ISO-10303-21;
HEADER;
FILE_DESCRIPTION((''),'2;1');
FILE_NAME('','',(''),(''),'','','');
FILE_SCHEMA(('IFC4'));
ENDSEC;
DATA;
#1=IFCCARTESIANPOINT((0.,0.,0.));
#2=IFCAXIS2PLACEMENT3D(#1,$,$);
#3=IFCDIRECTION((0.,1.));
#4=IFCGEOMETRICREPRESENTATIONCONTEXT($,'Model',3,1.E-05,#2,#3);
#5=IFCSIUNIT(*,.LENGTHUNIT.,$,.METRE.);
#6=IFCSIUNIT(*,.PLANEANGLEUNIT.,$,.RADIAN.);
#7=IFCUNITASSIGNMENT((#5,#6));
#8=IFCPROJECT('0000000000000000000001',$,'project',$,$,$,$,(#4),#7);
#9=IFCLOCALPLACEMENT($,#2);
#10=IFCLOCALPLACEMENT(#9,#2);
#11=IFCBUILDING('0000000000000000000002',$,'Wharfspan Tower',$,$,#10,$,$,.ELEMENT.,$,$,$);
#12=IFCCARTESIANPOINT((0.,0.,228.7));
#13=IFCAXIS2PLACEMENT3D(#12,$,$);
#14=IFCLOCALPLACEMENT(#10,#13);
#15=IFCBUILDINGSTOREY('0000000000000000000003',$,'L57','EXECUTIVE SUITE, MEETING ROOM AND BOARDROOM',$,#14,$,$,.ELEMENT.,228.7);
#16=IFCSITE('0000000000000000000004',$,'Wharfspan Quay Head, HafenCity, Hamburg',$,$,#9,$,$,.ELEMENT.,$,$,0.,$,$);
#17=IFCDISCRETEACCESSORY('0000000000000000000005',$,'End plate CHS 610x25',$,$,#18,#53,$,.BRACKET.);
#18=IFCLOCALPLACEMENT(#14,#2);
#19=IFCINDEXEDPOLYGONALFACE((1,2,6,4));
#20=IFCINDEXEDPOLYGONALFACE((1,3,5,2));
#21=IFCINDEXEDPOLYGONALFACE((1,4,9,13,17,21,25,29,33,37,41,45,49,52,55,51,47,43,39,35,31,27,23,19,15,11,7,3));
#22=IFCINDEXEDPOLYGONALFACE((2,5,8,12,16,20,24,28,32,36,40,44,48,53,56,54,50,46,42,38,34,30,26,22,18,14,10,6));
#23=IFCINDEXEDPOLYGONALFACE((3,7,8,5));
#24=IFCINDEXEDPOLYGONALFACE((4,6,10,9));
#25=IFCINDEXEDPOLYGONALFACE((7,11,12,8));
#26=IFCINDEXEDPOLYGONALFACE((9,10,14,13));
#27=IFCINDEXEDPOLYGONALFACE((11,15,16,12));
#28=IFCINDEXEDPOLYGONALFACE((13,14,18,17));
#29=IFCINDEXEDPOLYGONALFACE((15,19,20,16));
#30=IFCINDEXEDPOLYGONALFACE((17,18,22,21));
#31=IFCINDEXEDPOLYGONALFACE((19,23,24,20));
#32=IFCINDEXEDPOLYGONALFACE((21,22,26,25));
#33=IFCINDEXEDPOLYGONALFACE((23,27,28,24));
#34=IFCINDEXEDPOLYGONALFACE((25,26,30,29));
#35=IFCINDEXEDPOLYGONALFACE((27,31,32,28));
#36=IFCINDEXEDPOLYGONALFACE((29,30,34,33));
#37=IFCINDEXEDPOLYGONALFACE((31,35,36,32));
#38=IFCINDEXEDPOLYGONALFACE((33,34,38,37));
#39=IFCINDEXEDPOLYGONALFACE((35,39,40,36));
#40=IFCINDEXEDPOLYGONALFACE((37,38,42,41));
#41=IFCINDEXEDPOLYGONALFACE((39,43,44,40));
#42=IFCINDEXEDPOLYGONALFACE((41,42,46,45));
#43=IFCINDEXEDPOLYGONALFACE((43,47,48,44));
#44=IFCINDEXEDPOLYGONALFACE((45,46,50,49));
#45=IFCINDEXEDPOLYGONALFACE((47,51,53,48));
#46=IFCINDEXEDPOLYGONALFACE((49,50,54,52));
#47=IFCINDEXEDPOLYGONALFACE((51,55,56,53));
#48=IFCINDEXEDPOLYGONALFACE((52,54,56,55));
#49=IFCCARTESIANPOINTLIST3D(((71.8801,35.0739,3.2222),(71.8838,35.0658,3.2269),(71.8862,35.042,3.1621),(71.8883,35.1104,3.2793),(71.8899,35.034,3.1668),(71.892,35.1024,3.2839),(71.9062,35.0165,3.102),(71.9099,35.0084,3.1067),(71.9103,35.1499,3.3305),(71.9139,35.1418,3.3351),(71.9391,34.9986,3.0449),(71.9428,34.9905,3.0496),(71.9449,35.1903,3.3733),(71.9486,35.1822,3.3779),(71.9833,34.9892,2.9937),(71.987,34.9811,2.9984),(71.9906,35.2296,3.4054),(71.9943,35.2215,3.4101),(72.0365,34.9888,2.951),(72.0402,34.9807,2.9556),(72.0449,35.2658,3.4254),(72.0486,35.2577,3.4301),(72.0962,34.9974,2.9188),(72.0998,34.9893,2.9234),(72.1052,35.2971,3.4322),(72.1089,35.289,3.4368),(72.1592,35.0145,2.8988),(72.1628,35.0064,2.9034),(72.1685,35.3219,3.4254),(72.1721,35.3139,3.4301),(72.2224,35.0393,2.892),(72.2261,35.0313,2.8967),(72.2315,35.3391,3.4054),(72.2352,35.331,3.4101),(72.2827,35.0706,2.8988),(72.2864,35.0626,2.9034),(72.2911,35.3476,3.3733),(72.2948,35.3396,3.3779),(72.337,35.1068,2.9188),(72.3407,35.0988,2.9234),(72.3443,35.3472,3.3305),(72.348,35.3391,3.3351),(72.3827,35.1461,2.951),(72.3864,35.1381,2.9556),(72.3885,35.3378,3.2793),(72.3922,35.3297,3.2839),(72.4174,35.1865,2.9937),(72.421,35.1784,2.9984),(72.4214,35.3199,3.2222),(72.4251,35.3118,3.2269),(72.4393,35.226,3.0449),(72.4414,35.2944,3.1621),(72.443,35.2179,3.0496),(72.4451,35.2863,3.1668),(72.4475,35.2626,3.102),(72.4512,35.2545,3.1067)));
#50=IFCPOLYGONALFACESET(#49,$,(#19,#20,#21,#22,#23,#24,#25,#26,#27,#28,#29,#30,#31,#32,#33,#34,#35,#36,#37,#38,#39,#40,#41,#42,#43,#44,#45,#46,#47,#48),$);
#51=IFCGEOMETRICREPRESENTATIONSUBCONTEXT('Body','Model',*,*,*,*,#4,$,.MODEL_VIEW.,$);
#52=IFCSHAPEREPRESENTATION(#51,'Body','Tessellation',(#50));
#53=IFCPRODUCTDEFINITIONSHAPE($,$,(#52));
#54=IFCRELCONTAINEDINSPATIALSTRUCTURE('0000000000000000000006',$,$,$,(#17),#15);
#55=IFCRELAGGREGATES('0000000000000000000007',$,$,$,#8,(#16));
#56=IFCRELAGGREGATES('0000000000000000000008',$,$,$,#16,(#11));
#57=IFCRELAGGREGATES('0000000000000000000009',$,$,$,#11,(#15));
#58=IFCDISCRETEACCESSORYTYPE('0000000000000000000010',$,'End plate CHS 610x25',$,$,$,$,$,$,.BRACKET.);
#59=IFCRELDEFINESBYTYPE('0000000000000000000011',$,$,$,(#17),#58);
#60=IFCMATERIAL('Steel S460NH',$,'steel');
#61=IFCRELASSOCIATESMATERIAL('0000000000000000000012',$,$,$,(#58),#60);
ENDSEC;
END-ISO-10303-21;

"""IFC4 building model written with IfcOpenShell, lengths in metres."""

from ifc_helpers import new_model, si_unit, direction, frame, origin, origin_2d, place, context, subcontext, project, spatial, circle, extrude, material, material_profile, profile_set, type_object, element, save


model = new_model("IFC4")

# Units and contexts
model_context = context("Model", 3, precision=1e-05, world=origin(), true_north=direction((0.0, 1.0)))
body_context = subcontext(model_context, "Body", "Model", "MODEL_VIEW")
ifc_project = project(units=[si_unit("LENGTHUNIT", "METRE"), si_unit("PLANEANGLEUNIT", "RADIAN")], contexts=[model_context])

# Site, building, storey
site_placement = place(None, origin())
site = spatial("IfcSite", under=ifc_project, at=site_placement, Name="Wharfspan Quay Head, HafenCity, Hamburg", CompositionType="ELEMENT", RefElevation=0.0)
building_placement = place(site_placement, origin())
building = spatial("IfcBuilding", under=site, at=building_placement, Name="Wharfspan Tower", CompositionType="ELEMENT")
storey_placement = place(building_placement, frame((0.0, 0.0, 228.7)))
storey = spatial("IfcBuildingStorey", under=building, at=storey_placement, Name="L57", Description="EXECUTIVE SUITE, MEETING ROOM AND BOARDROOM", CompositionType="ELEMENT", Elevation=228.7)

# Shared definitions
ifc_material_1 = material(Name="Steel S460NH", Category="steel")

# Discrete accessory
ifc_material_profile_1 = material_profile(ifc_material_1, circle(Radius=0.3049, at=origin_2d()))
ifc_profile_set_1 = profile_set([ifc_material_profile_1], Name="Steel S460NH")
discrete_accessory_type = type_object("IfcDiscreteAccessoryType", Name="End plate CHS 610x25", PredefinedType="BRACKET", material=ifc_profile_set_1)
for number, where, z_axis, x_axis, name in (
    (1, (72.1638, 35.1682, 3.1621), (0.366508, -0.806318, 0.464244), (0.910368, 0.413804, 0.000001), "End plate CHS 610x25"),
):
    element("IfcDiscreteAccessory", number, at=place(storey_placement, frame(where, z_axis=z_axis, x_axis=x_axis)), inside=storey, type_object=discrete_accessory_type, Name=name, PredefinedType="BRACKET", context=body_context, shape_type="SweptSolid", body=[
        extrude(circle(Radius=0.3049, at=origin_2d()), origin(), (0.0, 0.0, 1.0), 0.01),
    ])

save(model, "model.ifc")
